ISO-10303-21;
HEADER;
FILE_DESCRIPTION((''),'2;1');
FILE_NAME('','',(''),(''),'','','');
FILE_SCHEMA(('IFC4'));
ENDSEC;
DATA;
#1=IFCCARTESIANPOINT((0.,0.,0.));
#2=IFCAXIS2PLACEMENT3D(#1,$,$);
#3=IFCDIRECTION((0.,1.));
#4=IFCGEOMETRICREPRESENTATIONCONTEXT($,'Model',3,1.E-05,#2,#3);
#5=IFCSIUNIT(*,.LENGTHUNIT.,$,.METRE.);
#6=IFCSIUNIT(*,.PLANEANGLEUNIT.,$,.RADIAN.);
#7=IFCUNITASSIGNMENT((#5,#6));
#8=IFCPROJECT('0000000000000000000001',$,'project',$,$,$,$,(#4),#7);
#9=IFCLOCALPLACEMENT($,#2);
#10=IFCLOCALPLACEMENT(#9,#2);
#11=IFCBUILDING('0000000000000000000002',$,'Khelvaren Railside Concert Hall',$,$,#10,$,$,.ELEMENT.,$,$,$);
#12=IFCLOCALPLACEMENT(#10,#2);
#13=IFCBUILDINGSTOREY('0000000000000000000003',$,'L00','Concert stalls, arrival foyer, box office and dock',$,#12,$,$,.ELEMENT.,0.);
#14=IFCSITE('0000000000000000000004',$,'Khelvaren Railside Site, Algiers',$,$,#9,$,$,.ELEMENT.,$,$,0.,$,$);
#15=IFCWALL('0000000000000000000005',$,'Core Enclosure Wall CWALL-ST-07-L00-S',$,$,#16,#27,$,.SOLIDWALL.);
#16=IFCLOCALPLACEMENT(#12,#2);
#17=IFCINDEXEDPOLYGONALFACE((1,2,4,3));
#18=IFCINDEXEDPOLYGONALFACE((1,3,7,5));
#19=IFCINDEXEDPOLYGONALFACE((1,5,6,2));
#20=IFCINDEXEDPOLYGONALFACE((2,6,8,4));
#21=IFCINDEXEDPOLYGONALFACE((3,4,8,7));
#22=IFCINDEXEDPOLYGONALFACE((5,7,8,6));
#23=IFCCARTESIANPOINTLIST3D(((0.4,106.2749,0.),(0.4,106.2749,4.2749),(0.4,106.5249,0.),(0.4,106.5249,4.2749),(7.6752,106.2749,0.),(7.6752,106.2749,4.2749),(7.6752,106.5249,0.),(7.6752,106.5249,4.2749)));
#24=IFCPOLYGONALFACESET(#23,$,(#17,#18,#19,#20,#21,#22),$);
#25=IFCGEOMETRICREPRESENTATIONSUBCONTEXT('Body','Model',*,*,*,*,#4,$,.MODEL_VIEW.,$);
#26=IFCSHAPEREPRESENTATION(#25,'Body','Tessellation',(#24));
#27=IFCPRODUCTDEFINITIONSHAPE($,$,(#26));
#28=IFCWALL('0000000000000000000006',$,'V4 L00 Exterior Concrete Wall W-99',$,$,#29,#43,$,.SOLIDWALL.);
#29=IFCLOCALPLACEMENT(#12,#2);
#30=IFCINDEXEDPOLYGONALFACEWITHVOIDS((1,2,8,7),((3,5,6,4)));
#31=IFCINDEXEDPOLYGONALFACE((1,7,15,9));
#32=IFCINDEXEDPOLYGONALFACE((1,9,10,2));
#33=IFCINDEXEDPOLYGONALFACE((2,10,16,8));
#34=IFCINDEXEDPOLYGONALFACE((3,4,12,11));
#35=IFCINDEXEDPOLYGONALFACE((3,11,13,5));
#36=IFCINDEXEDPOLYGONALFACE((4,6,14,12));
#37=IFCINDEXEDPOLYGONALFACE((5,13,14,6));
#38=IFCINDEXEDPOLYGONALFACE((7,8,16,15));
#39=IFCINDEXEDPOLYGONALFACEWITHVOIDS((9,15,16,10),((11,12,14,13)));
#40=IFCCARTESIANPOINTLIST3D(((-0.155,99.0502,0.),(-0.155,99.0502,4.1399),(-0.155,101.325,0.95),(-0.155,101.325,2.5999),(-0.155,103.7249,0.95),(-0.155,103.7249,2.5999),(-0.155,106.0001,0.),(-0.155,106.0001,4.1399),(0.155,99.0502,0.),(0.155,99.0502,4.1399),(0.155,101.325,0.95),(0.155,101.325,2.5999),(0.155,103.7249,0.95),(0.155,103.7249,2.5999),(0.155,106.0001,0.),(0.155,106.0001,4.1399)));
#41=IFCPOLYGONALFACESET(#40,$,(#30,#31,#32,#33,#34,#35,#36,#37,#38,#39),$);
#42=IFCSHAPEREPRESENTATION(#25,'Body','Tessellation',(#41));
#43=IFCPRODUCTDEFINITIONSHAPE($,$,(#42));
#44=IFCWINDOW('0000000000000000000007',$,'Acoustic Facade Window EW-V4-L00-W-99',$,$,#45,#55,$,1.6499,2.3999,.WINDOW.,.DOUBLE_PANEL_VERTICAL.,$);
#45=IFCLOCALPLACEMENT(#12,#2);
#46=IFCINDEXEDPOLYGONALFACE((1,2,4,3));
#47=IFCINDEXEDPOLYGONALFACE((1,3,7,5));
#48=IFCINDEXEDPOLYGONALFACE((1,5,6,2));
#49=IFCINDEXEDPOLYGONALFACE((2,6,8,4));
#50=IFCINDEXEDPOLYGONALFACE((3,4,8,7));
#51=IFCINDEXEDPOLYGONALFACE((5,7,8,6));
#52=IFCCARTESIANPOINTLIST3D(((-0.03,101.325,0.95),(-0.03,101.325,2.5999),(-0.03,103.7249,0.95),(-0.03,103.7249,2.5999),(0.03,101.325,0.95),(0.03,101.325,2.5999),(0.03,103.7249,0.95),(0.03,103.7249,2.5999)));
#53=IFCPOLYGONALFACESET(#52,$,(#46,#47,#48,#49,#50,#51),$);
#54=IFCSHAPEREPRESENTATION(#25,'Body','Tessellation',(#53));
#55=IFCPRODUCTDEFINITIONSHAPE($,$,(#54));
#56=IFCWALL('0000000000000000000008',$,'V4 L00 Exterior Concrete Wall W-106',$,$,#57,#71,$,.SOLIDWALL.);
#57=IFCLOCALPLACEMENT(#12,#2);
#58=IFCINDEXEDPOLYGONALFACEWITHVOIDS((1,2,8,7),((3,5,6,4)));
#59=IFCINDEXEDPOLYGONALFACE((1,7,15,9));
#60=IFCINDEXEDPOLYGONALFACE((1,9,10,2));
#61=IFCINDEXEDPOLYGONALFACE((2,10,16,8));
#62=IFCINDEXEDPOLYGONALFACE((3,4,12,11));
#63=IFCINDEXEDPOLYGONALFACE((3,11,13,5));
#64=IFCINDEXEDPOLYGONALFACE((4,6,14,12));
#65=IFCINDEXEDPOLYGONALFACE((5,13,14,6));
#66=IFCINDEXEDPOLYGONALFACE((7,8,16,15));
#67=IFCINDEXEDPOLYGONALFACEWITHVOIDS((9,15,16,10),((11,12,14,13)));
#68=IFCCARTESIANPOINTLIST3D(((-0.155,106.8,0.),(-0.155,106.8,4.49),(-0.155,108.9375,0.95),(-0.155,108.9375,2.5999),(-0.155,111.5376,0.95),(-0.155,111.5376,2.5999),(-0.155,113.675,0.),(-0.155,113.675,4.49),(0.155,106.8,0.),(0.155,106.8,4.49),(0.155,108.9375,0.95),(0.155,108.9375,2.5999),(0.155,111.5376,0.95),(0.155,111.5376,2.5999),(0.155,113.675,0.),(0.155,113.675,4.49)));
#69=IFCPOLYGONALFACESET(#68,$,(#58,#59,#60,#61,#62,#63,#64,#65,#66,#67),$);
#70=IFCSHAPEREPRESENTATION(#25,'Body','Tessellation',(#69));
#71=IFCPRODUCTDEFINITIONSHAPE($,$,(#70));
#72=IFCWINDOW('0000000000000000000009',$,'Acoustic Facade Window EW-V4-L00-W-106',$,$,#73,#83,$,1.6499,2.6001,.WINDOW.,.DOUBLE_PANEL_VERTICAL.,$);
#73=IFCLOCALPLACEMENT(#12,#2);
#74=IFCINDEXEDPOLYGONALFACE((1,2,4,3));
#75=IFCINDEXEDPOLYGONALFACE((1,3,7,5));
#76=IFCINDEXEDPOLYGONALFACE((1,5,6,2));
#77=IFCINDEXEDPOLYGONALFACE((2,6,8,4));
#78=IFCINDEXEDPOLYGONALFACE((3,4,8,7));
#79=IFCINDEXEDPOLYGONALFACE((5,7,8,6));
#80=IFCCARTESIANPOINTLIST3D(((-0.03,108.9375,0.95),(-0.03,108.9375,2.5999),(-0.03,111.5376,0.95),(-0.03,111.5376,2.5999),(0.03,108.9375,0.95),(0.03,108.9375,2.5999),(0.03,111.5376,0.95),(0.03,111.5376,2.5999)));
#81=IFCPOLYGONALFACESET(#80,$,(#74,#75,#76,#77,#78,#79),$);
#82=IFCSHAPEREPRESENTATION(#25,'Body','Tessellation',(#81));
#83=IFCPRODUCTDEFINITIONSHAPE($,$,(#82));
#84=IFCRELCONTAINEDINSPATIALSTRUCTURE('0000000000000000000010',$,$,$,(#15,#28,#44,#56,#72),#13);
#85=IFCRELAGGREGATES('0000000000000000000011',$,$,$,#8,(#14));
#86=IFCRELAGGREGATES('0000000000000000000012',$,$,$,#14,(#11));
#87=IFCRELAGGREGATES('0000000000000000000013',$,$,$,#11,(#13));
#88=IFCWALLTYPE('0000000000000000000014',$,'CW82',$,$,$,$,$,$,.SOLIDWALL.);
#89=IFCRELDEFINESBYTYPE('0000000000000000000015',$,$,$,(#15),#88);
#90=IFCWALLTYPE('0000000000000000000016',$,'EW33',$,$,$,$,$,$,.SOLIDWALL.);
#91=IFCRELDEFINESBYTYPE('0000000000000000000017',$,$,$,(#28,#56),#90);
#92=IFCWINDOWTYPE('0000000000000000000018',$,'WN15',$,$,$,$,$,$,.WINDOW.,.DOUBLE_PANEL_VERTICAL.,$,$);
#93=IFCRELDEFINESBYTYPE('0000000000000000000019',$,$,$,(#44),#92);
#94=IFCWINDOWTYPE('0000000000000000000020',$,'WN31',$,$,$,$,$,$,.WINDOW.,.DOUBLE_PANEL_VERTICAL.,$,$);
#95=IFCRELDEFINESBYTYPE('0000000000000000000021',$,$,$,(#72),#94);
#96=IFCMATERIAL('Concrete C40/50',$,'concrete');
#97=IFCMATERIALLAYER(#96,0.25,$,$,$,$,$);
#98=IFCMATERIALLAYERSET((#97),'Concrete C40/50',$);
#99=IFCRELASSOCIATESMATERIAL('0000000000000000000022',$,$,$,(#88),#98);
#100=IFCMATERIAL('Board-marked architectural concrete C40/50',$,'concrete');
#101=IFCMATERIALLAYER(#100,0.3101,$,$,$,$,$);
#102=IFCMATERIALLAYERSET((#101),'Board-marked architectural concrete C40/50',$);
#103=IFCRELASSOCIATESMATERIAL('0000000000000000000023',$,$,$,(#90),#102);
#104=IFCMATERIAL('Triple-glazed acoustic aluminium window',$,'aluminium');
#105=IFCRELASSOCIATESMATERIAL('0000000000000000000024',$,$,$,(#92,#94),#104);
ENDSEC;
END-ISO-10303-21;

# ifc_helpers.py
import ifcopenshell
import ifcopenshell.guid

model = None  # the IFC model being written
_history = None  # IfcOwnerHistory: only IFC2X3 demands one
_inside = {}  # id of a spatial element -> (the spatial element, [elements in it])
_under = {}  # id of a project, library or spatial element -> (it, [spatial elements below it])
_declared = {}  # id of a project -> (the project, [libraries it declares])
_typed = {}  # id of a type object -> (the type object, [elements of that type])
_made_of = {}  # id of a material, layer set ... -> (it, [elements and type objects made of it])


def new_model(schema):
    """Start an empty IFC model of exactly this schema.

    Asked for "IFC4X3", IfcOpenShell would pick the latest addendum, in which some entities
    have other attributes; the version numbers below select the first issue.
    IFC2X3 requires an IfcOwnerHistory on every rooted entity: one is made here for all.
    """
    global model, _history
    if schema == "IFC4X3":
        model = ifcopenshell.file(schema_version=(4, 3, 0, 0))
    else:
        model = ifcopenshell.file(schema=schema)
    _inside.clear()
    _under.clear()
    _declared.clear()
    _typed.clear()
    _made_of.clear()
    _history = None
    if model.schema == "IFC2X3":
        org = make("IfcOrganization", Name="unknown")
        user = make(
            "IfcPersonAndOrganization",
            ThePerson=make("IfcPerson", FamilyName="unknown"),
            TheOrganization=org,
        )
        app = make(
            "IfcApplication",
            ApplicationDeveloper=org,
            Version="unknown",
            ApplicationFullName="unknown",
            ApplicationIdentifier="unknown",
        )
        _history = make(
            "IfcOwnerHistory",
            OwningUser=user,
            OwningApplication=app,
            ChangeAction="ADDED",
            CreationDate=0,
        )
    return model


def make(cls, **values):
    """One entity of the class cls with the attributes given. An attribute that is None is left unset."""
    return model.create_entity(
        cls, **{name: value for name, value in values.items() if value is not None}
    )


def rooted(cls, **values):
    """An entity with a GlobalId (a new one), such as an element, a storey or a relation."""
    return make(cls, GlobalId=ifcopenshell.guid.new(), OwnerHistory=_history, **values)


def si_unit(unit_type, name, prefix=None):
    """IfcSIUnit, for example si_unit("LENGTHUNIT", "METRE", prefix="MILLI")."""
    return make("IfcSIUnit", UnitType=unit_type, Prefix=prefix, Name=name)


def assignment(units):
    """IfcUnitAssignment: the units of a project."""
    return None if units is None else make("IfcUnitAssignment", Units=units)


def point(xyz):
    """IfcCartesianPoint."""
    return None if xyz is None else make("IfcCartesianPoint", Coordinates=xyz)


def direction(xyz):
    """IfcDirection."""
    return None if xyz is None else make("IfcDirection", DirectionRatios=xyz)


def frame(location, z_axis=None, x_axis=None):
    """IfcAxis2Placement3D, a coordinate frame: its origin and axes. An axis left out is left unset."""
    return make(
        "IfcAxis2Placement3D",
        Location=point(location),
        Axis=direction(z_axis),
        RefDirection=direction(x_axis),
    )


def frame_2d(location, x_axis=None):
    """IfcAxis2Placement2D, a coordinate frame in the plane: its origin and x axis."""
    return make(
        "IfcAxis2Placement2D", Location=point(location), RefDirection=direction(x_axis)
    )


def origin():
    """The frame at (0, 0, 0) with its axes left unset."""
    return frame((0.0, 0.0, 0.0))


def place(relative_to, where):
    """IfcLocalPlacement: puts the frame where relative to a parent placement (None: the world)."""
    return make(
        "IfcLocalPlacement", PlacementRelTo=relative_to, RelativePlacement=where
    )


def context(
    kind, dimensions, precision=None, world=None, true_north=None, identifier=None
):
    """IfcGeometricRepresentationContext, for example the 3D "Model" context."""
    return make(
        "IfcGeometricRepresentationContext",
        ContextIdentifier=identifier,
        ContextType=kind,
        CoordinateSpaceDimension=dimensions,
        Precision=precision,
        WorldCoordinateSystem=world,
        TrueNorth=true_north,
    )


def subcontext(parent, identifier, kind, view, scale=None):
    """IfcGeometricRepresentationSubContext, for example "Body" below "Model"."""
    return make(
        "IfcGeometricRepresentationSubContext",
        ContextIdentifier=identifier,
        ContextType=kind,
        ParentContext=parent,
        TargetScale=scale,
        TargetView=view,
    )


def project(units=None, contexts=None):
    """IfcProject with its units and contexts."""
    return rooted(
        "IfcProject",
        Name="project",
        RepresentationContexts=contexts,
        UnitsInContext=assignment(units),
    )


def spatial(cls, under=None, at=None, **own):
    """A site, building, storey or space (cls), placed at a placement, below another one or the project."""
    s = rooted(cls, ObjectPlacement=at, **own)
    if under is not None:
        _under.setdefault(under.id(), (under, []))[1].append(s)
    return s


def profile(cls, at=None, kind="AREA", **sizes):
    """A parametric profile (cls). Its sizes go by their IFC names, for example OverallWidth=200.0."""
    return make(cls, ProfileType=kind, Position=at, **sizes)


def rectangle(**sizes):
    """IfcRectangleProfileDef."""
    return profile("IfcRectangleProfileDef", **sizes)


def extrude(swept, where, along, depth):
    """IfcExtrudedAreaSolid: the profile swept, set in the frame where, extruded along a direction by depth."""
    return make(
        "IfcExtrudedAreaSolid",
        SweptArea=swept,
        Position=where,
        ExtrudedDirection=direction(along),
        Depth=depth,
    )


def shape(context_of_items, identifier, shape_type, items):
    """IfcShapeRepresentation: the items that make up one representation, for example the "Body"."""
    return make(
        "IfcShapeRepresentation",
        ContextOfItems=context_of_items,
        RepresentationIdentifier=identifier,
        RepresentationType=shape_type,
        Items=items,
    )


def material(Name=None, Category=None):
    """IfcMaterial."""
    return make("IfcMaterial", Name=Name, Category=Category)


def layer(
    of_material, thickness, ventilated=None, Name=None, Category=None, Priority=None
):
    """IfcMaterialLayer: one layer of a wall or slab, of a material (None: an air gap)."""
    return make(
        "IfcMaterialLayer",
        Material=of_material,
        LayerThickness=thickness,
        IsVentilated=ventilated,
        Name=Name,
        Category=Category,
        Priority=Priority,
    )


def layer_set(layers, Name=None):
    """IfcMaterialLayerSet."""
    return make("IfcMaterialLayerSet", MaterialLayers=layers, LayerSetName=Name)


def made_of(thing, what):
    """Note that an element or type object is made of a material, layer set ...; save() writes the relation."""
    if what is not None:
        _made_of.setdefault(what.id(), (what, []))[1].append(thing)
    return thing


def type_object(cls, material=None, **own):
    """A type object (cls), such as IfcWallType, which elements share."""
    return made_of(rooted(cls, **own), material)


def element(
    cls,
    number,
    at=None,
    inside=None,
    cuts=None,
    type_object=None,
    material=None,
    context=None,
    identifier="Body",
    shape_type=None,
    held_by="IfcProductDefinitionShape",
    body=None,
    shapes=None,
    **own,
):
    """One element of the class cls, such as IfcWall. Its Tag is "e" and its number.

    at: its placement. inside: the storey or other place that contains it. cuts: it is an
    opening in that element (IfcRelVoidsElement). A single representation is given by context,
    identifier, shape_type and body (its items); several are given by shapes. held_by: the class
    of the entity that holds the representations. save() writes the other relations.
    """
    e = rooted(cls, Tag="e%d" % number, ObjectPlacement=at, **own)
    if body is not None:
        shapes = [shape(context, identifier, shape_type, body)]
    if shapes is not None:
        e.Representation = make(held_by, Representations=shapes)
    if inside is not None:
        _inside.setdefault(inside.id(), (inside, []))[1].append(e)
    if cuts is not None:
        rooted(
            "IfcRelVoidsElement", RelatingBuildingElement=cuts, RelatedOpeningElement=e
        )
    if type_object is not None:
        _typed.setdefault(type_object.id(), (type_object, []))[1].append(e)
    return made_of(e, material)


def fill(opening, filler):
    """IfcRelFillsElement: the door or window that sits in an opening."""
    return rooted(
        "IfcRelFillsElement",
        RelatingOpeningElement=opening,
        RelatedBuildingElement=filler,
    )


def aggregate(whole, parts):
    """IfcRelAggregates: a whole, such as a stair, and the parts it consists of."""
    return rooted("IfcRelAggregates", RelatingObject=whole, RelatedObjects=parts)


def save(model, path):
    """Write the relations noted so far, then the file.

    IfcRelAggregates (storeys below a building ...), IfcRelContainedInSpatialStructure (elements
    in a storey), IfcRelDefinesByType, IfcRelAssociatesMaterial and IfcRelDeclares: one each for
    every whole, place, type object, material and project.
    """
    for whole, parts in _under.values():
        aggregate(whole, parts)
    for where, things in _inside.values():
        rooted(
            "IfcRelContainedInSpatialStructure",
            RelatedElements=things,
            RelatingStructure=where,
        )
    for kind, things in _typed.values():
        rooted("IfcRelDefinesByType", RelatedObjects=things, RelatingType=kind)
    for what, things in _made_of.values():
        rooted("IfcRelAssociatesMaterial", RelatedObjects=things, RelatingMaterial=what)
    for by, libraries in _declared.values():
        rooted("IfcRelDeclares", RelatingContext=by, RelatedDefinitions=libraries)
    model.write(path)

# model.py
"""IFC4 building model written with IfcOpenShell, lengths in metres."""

from ifc_helpers import new_model, si_unit, direction, frame, frame_2d, origin, place, context, subcontext, project, spatial, rectangle, extrude, material, layer, layer_set, type_object, element, fill, save


model = new_model("IFC4")

# Units and contexts
model_context = context("Model", 3, precision=1e-05, world=origin(), true_north=direction((0.0, 1.0)))
body_context = subcontext(model_context, "Body", "Model", "MODEL_VIEW")
ifc_project = project(units=[si_unit("LENGTHUNIT", "METRE"), si_unit("PLANEANGLEUNIT", "RADIAN")], contexts=[model_context])

# Site, building, storey
site_placement = place(None, origin())
site = spatial("IfcSite", under=ifc_project, at=site_placement, Name="Khelvaren Railside Site, Algiers", CompositionType="ELEMENT", RefElevation=0.0)
building_placement = place(site_placement, origin())
building = spatial("IfcBuilding", under=site, at=building_placement, Name="Khelvaren Railside Concert Hall", CompositionType="ELEMENT")
storey_placement = place(building_placement, origin())
storey = spatial("IfcBuildingStorey", under=building, at=storey_placement, Name="L00", Description="Concert stalls, arrival foyer, box office and dock", CompositionType="ELEMENT", Elevation=0.0)

# Shared definitions
ifc_material_1 = material(Name="Concrete C40/50", Category="concrete")

# Wall
ifc_layer_1 = layer(ifc_material_1, 0.25)
ifc_layer_set_1 = layer_set([ifc_layer_1], Name="Concrete C40/50")
wall_type_1 = type_object("IfcWallType", Name="CW82", PredefinedType="SOLIDWALL", material=ifc_layer_set_1)
wall_1_placement = place(storey_placement, frame((0.3999, 106.3999, 0.0), z_axis=(0.0, 0.0, 1.0), x_axis=(1.0, 0.0, 0.0)))
element("IfcWall", 1, at=wall_1_placement, inside=storey, type_object=wall_type_1, Name="Core Enclosure Wall CWALL-ST-07-L00-S", PredefinedType="SOLIDWALL", context=body_context, shape_type="SweptSolid", body=[
    extrude(rectangle(XDim=7.2751, YDim=0.25, at=frame_2d((3.6377, 0.0))), origin(), (0.0, 0.0, 1.0), 4.2749),
])

# Walls, openings, windows
ifc_material_2 = material(Name="Board-marked architectural concrete C40/50", Category="concrete")
ifc_layer_2 = layer(ifc_material_2, 0.3101)
ifc_layer_set_2 = layer_set([ifc_layer_2], Name="Board-marked architectural concrete C40/50")
wall_type_2 = type_object("IfcWallType", Name="EW33", PredefinedType="SOLIDWALL", material=ifc_layer_set_2)
wall_2_placement = place(storey_placement, frame((0.0, 99.05, 0.0), z_axis=(0.0, 0.0, 1.0), x_axis=(0.0, 1.0, 0.0)))
wall_2 = element("IfcWall", 2, at=wall_2_placement, inside=storey, type_object=wall_type_2, Name="V4 L00 Exterior Concrete Wall W-99", PredefinedType="SOLIDWALL", context=body_context, shape_type="SweptSolid", body=[
    extrude(rectangle(XDim=6.95, YDim=0.3101, at=frame_2d((3.4751, 0.0))), origin(), (0.0, 0.0, 1.0), 4.1399),
])
opening_1_placement = place(wall_2_placement, frame((2.2749, 0.0, 0.95)))
opening_1 = element("IfcOpeningElement", 3, at=opening_1_placement, cuts=wall_2, PredefinedType="OPENING", context=body_context, shape_type="SweptSolid", body=[
    extrude(rectangle(XDim=2.3999, YDim=1.6499, at=frame_2d((1.2, 0.825))), frame((0.0, 0.165, 0.0), z_axis=(0.0, -1.0, 0.0), x_axis=(1.0, 0.0, 0.0)), (0.0, 0.0, 1.0), 0.3301),
])
ifc_material_3 = material(Name="Triple-glazed acoustic aluminium window", Category="aluminium")
window_type_1 = type_object("IfcWindowType", Name="WN15", PartitioningType="DOUBLE_PANEL_VERTICAL", PredefinedType="WINDOW", material=ifc_material_3)
window_1_placement = place(opening_1_placement, origin())
window_1 = element("IfcWindow", 4, at=window_1_placement, inside=storey, type_object=window_type_1, Name="Acoustic Facade Window EW-V4-L00-W-99", OverallHeight=1.6499, OverallWidth=2.3999, PartitioningType="DOUBLE_PANEL_VERTICAL", PredefinedType="WINDOW", context=body_context, shape_type="SweptSolid", body=[
    extrude(rectangle(XDim=2.3999, YDim=1.6499, at=frame_2d((1.2, 0.825))), frame((0.0, 0.03, 0.0), z_axis=(0.0, -1.0, 0.0), x_axis=(1.0, 0.0, 0.0)), (0.0, 0.0, 1.0), 0.0601),
])
fill(opening_1, window_1)
wall_3_placement = place(storey_placement, frame((0.0, 106.8, 0.0), z_axis=(0.0, 0.0, 1.0), x_axis=(0.0, 1.0, 0.0)))
wall_3 = element("IfcWall", 5, at=wall_3_placement, inside=storey, type_object=wall_type_2, Name="V4 L00 Exterior Concrete Wall W-106", PredefinedType="SOLIDWALL", context=body_context, shape_type="SweptSolid", body=[
    extrude(rectangle(XDim=6.875, YDim=0.3101, at=frame_2d((3.4375, 0.0))), origin(), (0.0, 0.0, 1.0), 4.49),
])
opening_2_placement = place(wall_3_placement, frame((2.1375, 0.0, 0.95)))
opening_2 = element("IfcOpeningElement", 6, at=opening_2_placement, cuts=wall_3, PredefinedType="OPENING", context=body_context, shape_type="SweptSolid", body=[
    extrude(rectangle(XDim=2.6001, YDim=1.6499, at=frame_2d((1.3, 0.825))), frame((0.0, 0.165, 0.0), z_axis=(0.0, -1.0, 0.0), x_axis=(1.0, 0.0, 0.0)), (0.0, 0.0, 1.0), 0.3301),
])
window_type_2 = type_object("IfcWindowType", Name="WN31", PartitioningType="DOUBLE_PANEL_VERTICAL", PredefinedType="WINDOW", material=ifc_material_3)
window_2_placement = place(opening_2_placement, origin())
window_2 = element("IfcWindow", 7, at=window_2_placement, inside=storey, type_object=window_type_2, Name="Acoustic Facade Window EW-V4-L00-W-106", OverallHeight=1.6499, OverallWidth=2.6001, PartitioningType="DOUBLE_PANEL_VERTICAL", PredefinedType="WINDOW", context=body_context, shape_type="SweptSolid", body=[
    extrude(rectangle(XDim=2.6001, YDim=1.6499, at=frame_2d((1.3, 0.825))), frame((0.0, 0.03, 0.0), z_axis=(0.0, -1.0, 0.0), x_axis=(1.0, 0.0, 0.0)), (0.0, 0.0, 1.0), 0.0601),
])
fill(opening_2, window_2)

save(model, "model.ifc")
